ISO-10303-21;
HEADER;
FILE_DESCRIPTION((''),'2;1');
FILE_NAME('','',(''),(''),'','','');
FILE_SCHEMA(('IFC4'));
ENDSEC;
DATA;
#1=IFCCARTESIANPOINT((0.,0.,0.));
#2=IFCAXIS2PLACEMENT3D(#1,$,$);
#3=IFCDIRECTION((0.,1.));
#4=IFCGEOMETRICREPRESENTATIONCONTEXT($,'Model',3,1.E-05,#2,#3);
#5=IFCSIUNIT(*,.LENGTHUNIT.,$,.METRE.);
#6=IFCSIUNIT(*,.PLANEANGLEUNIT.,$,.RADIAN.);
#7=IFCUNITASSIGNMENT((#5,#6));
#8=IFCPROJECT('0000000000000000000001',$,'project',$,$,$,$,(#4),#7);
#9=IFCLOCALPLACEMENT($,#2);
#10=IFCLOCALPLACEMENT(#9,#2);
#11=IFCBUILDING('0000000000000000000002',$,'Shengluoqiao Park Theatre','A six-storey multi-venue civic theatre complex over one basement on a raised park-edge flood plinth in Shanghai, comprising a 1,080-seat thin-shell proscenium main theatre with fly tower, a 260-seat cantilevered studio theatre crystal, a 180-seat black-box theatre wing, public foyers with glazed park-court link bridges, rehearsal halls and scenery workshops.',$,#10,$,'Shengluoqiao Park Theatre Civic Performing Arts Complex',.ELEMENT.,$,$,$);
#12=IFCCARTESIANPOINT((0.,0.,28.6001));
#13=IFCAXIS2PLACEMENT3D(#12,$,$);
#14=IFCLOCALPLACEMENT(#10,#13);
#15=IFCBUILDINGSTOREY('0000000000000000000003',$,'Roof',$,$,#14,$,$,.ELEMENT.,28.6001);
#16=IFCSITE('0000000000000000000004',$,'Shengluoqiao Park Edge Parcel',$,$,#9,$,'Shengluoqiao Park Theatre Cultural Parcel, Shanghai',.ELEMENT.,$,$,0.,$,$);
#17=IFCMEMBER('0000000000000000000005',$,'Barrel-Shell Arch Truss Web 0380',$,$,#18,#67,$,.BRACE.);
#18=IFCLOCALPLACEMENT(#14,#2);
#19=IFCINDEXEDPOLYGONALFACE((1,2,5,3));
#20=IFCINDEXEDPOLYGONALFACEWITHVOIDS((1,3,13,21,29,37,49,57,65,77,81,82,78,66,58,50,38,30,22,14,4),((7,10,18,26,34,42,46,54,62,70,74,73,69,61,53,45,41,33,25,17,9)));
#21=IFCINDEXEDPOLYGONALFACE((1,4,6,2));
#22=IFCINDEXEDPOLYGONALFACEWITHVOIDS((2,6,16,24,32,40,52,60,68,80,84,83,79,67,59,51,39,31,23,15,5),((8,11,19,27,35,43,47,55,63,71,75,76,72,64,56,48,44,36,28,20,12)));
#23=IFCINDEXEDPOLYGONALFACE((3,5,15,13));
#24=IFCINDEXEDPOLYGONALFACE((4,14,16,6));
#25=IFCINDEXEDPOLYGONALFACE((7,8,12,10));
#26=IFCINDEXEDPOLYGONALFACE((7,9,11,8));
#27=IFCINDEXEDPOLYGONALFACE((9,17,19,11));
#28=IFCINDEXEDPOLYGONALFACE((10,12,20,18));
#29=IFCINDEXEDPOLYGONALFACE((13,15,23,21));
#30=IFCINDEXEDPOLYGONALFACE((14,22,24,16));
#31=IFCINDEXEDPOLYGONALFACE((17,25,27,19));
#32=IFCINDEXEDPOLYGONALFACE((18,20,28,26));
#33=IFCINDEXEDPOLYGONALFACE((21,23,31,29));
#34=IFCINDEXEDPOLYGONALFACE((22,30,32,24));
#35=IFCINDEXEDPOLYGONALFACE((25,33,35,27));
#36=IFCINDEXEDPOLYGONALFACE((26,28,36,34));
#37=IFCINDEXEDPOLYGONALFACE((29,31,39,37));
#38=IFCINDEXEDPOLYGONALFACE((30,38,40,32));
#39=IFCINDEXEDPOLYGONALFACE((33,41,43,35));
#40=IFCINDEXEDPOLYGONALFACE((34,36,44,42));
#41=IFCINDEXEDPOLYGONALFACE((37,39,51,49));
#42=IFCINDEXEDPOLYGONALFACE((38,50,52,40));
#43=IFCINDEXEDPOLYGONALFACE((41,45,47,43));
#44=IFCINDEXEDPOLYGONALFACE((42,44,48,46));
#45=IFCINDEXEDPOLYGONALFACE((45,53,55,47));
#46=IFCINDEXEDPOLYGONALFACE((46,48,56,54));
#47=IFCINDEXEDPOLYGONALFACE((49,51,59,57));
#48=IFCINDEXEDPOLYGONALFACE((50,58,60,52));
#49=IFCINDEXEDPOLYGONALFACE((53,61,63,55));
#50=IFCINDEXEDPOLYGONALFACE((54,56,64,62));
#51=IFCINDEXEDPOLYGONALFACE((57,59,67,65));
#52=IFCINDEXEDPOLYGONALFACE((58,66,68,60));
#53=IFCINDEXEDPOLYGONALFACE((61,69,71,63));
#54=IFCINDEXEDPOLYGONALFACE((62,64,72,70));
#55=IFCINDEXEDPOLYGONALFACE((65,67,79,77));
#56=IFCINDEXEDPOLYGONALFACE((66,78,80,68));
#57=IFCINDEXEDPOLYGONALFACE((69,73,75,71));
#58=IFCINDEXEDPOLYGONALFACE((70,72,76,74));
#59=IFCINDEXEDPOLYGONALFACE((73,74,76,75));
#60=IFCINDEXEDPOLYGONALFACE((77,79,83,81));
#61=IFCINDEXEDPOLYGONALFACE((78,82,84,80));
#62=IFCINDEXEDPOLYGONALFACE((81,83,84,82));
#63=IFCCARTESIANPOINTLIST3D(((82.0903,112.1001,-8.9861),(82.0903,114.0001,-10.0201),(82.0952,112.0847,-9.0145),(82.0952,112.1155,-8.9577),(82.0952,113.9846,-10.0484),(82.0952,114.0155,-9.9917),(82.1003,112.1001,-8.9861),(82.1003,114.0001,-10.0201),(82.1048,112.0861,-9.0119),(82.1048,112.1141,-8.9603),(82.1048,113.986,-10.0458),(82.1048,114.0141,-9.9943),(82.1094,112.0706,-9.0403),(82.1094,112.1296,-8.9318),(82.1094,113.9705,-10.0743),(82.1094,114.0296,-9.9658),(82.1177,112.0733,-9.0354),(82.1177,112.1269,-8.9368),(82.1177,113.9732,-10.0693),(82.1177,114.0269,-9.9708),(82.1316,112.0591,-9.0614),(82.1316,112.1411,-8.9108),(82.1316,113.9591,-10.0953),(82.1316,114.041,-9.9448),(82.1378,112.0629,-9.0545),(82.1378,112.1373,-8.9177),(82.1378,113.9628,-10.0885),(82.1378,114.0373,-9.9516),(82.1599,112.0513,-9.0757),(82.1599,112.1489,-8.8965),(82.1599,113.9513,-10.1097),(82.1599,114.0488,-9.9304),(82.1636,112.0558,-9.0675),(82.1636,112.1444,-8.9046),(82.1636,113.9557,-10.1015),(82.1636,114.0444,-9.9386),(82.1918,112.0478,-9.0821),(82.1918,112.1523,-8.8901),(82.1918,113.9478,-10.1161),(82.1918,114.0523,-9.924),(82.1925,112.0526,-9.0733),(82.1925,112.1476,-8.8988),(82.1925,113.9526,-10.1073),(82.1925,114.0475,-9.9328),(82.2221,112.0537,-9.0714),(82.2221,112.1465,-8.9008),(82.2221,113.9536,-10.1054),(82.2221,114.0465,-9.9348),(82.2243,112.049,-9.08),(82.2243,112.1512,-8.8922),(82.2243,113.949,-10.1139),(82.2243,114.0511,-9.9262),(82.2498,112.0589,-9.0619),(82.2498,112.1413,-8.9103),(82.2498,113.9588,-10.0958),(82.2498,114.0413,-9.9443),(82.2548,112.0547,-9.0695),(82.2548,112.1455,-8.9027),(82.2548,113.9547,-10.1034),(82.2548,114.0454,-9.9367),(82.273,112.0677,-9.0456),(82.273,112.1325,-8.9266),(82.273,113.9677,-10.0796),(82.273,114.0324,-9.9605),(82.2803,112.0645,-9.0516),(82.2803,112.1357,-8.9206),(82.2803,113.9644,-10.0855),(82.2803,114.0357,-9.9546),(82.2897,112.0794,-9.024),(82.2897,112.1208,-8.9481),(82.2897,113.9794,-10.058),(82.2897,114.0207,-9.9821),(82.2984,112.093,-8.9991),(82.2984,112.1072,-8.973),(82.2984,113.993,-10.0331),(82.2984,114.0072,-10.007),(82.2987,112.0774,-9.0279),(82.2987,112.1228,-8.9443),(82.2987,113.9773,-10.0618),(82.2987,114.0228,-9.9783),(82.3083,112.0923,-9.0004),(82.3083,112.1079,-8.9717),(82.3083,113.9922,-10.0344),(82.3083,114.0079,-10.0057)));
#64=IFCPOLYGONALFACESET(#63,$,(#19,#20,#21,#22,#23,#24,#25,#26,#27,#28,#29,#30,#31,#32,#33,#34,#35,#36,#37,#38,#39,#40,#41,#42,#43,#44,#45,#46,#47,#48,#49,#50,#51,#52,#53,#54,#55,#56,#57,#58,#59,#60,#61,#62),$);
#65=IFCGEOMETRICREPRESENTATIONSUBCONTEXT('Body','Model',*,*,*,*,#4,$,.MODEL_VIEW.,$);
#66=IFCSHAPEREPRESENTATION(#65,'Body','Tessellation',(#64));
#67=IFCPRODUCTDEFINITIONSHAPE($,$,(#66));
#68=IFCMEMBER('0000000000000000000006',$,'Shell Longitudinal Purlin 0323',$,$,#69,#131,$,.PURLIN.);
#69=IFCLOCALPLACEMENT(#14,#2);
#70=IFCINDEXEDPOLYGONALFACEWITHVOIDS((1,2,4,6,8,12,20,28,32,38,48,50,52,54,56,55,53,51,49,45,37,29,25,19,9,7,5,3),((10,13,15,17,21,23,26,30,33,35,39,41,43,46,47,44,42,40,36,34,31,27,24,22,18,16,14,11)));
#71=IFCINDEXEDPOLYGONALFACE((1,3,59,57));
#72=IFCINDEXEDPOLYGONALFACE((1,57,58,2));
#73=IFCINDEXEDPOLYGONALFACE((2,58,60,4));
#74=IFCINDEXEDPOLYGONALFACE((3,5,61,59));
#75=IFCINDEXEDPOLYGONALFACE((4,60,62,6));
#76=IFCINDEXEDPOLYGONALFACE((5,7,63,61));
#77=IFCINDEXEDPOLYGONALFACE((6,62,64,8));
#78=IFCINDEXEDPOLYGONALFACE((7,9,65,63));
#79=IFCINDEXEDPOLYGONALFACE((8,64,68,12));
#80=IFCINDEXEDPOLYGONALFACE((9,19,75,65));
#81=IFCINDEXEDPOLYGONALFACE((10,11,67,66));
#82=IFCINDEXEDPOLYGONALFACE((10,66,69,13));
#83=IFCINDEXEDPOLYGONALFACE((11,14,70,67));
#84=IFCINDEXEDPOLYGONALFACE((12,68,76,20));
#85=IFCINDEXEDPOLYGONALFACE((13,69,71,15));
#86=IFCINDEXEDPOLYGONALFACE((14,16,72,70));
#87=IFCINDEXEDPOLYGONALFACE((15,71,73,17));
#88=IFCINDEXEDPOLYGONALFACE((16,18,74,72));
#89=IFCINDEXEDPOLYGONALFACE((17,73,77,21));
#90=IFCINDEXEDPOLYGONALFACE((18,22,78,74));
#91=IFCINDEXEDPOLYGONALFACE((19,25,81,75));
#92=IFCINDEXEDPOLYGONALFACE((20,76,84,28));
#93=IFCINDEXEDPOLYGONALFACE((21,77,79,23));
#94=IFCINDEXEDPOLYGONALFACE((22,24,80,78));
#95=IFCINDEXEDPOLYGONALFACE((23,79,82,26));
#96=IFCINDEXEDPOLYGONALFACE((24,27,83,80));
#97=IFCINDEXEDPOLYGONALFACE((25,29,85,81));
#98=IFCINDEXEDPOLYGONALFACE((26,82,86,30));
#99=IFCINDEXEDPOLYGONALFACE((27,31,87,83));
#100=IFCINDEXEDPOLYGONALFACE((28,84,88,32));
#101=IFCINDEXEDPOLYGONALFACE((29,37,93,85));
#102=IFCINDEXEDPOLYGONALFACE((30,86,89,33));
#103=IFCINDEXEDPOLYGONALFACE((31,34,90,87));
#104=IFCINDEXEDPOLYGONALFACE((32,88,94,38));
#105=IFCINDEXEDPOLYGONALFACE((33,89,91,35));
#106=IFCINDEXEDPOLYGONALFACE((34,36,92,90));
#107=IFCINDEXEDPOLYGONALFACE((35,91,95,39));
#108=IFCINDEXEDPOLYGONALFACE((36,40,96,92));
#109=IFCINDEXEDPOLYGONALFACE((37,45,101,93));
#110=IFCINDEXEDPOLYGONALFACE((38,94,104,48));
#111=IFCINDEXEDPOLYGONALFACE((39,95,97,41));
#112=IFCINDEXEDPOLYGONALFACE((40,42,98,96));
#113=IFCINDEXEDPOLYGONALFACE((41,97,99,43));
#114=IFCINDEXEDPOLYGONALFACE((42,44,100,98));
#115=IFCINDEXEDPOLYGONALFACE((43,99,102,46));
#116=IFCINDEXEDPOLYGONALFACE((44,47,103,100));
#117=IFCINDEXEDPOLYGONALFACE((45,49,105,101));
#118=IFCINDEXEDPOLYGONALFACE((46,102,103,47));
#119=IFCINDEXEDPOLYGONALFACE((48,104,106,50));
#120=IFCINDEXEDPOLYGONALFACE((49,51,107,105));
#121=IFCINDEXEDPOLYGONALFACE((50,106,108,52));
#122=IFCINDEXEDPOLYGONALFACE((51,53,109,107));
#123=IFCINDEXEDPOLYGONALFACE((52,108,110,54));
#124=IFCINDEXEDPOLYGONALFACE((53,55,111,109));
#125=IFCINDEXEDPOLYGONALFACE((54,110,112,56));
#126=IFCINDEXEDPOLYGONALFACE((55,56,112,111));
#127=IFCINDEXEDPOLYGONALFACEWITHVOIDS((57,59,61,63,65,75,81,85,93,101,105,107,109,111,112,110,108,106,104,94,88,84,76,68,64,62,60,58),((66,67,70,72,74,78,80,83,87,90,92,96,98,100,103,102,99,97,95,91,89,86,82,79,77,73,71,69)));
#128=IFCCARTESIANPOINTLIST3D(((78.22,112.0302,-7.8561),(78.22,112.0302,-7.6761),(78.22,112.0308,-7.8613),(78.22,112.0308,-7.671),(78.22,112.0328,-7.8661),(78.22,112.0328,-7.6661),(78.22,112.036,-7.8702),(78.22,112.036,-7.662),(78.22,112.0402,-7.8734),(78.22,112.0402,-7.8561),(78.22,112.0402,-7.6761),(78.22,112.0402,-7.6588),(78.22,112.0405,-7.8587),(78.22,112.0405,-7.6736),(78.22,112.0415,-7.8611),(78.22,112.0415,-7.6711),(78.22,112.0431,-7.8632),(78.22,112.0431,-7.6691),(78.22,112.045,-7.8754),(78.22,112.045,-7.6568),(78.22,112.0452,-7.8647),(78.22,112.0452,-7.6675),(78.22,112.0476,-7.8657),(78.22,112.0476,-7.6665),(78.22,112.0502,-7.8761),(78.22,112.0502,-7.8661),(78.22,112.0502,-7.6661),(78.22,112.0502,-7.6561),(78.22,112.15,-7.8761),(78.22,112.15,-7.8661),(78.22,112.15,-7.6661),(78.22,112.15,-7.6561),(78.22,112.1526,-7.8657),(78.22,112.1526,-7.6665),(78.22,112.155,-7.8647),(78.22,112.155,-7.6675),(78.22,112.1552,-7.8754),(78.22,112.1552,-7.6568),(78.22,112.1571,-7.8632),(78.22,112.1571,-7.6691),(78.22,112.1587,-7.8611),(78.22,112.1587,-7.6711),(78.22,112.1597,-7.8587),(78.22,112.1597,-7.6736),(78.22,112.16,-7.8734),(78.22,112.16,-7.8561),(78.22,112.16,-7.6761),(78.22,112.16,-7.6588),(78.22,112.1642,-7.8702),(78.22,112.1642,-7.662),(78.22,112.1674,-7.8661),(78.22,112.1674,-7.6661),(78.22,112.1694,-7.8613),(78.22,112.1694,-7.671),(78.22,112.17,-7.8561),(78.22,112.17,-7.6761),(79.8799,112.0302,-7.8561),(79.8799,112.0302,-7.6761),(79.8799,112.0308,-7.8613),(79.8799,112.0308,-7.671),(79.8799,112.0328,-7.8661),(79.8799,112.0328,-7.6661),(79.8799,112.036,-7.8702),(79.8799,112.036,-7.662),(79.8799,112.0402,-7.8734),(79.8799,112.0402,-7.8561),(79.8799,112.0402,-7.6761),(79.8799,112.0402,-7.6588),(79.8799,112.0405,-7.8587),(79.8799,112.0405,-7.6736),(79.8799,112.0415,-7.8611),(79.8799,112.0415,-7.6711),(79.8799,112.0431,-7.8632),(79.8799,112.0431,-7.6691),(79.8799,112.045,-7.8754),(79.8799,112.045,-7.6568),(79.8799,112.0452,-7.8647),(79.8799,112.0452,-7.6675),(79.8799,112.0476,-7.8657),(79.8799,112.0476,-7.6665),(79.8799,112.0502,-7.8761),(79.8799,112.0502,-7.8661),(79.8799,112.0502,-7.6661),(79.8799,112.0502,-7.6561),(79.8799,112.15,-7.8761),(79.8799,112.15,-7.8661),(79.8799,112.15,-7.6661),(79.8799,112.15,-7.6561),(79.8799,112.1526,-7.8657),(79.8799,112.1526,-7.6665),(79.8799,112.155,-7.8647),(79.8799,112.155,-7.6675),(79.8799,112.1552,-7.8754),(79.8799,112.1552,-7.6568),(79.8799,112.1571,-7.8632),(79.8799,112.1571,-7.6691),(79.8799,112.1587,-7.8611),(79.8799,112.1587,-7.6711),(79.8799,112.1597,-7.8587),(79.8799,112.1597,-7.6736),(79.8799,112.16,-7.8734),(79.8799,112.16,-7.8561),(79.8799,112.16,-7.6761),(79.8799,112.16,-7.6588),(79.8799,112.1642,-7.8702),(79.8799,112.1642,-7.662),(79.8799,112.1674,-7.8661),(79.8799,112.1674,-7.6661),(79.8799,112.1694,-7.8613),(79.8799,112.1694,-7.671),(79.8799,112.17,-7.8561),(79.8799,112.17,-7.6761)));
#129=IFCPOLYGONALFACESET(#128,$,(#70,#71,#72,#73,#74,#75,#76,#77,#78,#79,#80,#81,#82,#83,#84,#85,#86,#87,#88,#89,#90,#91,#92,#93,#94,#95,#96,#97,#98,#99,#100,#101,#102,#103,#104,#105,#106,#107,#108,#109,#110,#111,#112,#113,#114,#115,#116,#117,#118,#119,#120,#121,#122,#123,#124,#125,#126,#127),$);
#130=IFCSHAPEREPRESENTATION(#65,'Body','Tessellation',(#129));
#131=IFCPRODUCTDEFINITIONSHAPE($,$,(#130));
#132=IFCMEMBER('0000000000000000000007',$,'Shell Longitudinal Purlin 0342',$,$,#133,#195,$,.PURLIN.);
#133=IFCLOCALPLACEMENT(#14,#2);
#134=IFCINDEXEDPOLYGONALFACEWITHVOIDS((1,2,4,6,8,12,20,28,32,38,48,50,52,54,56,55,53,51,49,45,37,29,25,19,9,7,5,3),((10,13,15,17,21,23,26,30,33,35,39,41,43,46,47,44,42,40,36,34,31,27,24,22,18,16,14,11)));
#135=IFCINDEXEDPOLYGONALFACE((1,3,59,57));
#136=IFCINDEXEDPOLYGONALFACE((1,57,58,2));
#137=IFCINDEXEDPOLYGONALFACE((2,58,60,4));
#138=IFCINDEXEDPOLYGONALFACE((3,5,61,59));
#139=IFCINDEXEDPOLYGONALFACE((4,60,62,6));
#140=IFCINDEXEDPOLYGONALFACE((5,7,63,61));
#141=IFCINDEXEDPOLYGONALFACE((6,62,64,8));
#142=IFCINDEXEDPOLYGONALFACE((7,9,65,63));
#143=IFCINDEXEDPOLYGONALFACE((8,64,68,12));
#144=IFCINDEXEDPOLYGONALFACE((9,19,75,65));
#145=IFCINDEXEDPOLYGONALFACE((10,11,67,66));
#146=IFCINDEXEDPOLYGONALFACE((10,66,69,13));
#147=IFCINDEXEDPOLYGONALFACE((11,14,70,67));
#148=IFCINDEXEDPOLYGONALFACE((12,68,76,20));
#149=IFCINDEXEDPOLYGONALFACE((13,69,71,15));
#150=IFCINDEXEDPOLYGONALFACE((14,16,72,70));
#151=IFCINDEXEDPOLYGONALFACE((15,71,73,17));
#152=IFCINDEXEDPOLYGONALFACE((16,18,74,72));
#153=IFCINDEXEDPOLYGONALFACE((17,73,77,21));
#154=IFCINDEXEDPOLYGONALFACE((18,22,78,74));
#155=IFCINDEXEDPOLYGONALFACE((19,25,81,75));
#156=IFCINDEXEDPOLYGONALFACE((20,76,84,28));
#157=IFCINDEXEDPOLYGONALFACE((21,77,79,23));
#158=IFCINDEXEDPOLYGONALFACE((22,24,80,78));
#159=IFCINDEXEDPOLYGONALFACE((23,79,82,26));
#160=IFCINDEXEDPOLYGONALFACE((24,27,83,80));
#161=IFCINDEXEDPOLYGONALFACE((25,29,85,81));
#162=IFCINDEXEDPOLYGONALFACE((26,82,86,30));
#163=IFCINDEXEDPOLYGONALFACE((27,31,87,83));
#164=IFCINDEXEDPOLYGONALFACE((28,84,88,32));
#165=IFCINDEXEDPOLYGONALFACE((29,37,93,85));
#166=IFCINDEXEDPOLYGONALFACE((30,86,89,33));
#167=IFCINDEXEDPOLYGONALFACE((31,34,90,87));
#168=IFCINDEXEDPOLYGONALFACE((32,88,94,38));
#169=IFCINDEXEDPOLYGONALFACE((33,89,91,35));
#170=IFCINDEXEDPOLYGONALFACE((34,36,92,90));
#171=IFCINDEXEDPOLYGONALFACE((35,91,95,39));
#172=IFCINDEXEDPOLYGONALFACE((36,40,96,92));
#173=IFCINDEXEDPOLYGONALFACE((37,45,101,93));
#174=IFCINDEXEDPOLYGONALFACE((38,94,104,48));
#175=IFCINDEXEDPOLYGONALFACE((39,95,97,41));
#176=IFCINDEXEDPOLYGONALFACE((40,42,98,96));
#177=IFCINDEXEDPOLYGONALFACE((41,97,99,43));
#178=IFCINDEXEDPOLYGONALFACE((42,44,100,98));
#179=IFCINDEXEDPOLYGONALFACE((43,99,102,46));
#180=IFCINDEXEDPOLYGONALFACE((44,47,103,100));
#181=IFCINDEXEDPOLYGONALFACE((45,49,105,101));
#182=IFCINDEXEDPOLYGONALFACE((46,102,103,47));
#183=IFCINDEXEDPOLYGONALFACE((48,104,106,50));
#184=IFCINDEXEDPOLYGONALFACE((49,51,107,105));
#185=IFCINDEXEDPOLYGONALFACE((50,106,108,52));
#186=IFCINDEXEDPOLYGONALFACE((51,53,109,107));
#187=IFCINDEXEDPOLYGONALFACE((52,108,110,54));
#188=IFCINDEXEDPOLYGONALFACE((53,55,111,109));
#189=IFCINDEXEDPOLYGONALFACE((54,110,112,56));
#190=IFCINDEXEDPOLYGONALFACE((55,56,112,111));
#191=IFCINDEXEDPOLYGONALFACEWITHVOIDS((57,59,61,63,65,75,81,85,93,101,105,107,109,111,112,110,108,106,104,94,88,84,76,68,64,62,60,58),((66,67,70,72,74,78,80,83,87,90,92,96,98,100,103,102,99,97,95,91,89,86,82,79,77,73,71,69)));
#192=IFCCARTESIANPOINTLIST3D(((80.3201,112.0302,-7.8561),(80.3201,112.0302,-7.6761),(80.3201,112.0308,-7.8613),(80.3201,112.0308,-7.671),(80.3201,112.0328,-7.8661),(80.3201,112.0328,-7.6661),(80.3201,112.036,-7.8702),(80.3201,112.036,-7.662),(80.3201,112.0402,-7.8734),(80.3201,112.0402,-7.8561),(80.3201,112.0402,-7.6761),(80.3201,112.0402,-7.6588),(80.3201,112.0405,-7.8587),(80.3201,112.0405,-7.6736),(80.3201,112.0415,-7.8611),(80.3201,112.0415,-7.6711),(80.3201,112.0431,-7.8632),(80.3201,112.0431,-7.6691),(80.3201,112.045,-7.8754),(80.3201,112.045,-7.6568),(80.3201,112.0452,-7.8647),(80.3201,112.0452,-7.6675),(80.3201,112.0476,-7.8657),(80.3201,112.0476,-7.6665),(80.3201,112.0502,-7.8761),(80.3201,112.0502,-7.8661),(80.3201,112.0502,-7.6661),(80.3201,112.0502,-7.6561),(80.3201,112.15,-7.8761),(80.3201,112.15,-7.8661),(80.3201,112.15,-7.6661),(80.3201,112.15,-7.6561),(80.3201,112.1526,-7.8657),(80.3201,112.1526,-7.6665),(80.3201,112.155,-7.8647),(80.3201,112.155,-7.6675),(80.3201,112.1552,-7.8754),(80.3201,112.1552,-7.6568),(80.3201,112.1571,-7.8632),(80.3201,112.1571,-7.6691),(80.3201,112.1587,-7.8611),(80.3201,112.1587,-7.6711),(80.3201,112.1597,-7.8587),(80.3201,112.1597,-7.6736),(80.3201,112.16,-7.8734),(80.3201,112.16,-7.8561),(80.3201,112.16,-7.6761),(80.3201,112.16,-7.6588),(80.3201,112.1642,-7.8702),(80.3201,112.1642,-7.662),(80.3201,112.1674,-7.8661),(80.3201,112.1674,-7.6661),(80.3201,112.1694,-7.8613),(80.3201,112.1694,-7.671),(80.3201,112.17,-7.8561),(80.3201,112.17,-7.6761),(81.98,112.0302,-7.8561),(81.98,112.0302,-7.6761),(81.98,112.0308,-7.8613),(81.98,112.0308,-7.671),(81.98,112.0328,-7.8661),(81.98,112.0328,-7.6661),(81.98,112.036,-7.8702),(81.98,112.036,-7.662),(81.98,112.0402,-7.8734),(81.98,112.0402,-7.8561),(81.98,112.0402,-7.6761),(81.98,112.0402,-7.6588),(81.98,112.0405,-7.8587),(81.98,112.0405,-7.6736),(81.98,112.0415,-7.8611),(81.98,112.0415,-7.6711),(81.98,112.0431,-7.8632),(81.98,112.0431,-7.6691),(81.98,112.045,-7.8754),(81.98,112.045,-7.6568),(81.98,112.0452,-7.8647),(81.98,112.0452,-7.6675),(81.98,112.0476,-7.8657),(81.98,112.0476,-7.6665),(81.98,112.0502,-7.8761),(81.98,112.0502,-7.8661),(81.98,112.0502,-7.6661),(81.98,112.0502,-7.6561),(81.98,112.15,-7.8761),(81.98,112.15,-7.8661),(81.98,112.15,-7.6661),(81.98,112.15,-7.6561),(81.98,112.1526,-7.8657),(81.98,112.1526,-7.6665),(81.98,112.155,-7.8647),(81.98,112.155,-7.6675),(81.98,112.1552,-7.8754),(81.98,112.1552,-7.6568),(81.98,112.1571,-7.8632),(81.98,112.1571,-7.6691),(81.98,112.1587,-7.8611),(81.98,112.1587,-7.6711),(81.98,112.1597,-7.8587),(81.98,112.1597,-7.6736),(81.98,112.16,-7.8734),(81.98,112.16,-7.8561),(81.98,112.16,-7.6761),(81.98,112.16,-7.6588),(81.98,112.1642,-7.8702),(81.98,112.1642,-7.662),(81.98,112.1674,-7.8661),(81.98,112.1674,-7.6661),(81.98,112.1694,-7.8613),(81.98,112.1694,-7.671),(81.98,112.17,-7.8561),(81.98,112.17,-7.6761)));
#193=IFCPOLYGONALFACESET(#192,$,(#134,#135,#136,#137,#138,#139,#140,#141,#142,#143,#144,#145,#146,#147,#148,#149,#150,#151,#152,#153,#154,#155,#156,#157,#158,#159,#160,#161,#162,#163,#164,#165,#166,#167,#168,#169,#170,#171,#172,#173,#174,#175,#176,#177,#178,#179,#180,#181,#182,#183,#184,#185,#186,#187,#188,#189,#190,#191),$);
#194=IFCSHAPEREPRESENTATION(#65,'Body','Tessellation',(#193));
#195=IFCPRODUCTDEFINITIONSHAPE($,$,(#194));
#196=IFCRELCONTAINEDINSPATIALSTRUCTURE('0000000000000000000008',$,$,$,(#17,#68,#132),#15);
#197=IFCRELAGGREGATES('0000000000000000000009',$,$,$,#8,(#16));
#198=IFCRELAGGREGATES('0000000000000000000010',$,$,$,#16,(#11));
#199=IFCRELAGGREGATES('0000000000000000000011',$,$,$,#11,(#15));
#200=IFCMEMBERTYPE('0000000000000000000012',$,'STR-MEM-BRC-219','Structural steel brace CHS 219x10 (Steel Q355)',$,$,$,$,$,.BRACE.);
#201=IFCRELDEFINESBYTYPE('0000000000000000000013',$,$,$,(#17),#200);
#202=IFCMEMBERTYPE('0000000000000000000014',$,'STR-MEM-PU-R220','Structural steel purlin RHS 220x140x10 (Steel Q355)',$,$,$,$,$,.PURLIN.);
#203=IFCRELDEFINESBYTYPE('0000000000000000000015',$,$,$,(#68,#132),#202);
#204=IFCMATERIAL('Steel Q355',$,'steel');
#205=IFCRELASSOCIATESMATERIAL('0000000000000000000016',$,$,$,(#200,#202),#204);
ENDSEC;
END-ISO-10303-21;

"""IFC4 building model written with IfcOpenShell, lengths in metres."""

from ifc_helpers import new_model, si_unit, direction, frame, origin, origin_2d, place, context, subcontext, project, spatial, hollow_rectangle, hollow_circle, extrude, material, material_profile, profile_set, type_object, element, save


model = new_model("IFC4")

# Units and contexts
model_context = context("Model", 3, precision=1e-05, world=origin(), true_north=direction((0.0, 1.0)))
body_context = subcontext(model_context, "Body", "Model", "MODEL_VIEW")
ifc_project = project(units=[si_unit("LENGTHUNIT", "METRE"), si_unit("PLANEANGLEUNIT", "RADIAN")], contexts=[model_context])

# Site, building, storey
site_placement = place(None, origin())
site = spatial("IfcSite", under=ifc_project, at=site_placement, Name="Shengluoqiao Park Edge Parcel", LongName="Shengluoqiao Park Theatre Cultural Parcel, Shanghai", CompositionType="ELEMENT", RefElevation=0.0)
building_placement = place(site_placement, origin())
building = spatial("IfcBuilding", under=site, at=building_placement, Name="Shengluoqiao Park Theatre", Description="A six-storey multi-venue civic theatre complex over one basement on a raised park-edge flood plinth in Shanghai, comprising a 1,080-seat thin-shell proscenium main theatre with fly tower, a 260-seat cantilevered studio theatre crystal, a 180-seat black-box theatre wing, public foyers with glazed park-court link bridges, rehearsal halls and scenery workshops.", LongName="Shengluoqiao Park Theatre Civic Performing Arts Complex", CompositionType="ELEMENT")
storey_placement = place(building_placement, frame((0.0, 0.0, 28.6001)))
storey = spatial("IfcBuildingStorey", under=building, at=storey_placement, Name="Roof", CompositionType="ELEMENT", Elevation=28.6001)

# Shared definitions
ifc_material_1 = material(Name="Steel Q355", Category="steel")

# Members
ifc_material_profile_1 = material_profile(ifc_material_1, hollow_circle(Radius=0.1096, WallThickness=0.01, at=origin_2d()), Name="CHS 219x10")
ifc_profile_set_1 = profile_set([ifc_material_profile_1], Name="Steel Q355")
member_type_1 = type_object("IfcMemberType", Name="STR-MEM-BRC-219", Description="Structural steel brace CHS 219x10 (Steel Q355)", PredefinedType="BRACE", material=ifc_profile_set_1)
for number, where, z_axis, x_axis, name in (
    (1, (82.2, 112.1001, -8.9861), (0.0, 0.878357, -0.478006), (-1.0, 0.0, 0.0), "Barrel-Shell Arch Truss Web 0380"),
):
    element("IfcMember", number, at=place(storey_placement, frame(where, z_axis=z_axis, x_axis=x_axis)), inside=storey, type_object=member_type_1, Name=name, PredefinedType="BRACE", context=body_context, shape_type="SweptSolid", body=[
        extrude(hollow_circle(Radius=0.1096, WallThickness=0.01, at=origin_2d()), origin(), (0.0, 0.0, 1.0), 2.1631),
    ])
ifc_material_profile_2 = material_profile(ifc_material_1, hollow_rectangle(XDim=0.1399, YDim=0.22, WallThickness=0.01, InnerFilletRadius=0.01, OuterFilletRadius=0.02, at=origin_2d()), Name="RHS 220x140x10")
ifc_profile_set_2 = profile_set([ifc_material_profile_2], Name="Steel Q355")
member_type_2 = type_object("IfcMemberType", Name="STR-MEM-PU-R220", Description="Structural steel purlin RHS 220x140x10 (Steel Q355)", PredefinedType="PURLIN", material=ifc_profile_set_2)
for number, where, z_axis, x_axis, name in (
    (2, (78.22, 112.1001, -7.7661), (1.0, 0.0, 0.0), (0.0, 1.0, 0.0), "Shell Longitudinal Purlin 0323"),
    (3, (80.3201, 112.1001, -7.7661), (1.0, 0.0, 0.0), (0.0, 1.0, 0.0), "Shell Longitudinal Purlin 0342"),
):
    element("IfcMember", number, at=place(storey_placement, frame(where, z_axis=z_axis, x_axis=x_axis)), inside=storey, type_object=member_type_2, Name=name, PredefinedType="PURLIN", context=body_context, shape_type="SweptSolid", body=[
        extrude(hollow_rectangle(XDim=0.1399, YDim=0.22, WallThickness=0.01, InnerFilletRadius=0.01, OuterFilletRadius=0.02, at=origin_2d()), origin(), (0.0, 0.0, 1.0), 1.6599),
    ])

save(model, "model.ifc")
